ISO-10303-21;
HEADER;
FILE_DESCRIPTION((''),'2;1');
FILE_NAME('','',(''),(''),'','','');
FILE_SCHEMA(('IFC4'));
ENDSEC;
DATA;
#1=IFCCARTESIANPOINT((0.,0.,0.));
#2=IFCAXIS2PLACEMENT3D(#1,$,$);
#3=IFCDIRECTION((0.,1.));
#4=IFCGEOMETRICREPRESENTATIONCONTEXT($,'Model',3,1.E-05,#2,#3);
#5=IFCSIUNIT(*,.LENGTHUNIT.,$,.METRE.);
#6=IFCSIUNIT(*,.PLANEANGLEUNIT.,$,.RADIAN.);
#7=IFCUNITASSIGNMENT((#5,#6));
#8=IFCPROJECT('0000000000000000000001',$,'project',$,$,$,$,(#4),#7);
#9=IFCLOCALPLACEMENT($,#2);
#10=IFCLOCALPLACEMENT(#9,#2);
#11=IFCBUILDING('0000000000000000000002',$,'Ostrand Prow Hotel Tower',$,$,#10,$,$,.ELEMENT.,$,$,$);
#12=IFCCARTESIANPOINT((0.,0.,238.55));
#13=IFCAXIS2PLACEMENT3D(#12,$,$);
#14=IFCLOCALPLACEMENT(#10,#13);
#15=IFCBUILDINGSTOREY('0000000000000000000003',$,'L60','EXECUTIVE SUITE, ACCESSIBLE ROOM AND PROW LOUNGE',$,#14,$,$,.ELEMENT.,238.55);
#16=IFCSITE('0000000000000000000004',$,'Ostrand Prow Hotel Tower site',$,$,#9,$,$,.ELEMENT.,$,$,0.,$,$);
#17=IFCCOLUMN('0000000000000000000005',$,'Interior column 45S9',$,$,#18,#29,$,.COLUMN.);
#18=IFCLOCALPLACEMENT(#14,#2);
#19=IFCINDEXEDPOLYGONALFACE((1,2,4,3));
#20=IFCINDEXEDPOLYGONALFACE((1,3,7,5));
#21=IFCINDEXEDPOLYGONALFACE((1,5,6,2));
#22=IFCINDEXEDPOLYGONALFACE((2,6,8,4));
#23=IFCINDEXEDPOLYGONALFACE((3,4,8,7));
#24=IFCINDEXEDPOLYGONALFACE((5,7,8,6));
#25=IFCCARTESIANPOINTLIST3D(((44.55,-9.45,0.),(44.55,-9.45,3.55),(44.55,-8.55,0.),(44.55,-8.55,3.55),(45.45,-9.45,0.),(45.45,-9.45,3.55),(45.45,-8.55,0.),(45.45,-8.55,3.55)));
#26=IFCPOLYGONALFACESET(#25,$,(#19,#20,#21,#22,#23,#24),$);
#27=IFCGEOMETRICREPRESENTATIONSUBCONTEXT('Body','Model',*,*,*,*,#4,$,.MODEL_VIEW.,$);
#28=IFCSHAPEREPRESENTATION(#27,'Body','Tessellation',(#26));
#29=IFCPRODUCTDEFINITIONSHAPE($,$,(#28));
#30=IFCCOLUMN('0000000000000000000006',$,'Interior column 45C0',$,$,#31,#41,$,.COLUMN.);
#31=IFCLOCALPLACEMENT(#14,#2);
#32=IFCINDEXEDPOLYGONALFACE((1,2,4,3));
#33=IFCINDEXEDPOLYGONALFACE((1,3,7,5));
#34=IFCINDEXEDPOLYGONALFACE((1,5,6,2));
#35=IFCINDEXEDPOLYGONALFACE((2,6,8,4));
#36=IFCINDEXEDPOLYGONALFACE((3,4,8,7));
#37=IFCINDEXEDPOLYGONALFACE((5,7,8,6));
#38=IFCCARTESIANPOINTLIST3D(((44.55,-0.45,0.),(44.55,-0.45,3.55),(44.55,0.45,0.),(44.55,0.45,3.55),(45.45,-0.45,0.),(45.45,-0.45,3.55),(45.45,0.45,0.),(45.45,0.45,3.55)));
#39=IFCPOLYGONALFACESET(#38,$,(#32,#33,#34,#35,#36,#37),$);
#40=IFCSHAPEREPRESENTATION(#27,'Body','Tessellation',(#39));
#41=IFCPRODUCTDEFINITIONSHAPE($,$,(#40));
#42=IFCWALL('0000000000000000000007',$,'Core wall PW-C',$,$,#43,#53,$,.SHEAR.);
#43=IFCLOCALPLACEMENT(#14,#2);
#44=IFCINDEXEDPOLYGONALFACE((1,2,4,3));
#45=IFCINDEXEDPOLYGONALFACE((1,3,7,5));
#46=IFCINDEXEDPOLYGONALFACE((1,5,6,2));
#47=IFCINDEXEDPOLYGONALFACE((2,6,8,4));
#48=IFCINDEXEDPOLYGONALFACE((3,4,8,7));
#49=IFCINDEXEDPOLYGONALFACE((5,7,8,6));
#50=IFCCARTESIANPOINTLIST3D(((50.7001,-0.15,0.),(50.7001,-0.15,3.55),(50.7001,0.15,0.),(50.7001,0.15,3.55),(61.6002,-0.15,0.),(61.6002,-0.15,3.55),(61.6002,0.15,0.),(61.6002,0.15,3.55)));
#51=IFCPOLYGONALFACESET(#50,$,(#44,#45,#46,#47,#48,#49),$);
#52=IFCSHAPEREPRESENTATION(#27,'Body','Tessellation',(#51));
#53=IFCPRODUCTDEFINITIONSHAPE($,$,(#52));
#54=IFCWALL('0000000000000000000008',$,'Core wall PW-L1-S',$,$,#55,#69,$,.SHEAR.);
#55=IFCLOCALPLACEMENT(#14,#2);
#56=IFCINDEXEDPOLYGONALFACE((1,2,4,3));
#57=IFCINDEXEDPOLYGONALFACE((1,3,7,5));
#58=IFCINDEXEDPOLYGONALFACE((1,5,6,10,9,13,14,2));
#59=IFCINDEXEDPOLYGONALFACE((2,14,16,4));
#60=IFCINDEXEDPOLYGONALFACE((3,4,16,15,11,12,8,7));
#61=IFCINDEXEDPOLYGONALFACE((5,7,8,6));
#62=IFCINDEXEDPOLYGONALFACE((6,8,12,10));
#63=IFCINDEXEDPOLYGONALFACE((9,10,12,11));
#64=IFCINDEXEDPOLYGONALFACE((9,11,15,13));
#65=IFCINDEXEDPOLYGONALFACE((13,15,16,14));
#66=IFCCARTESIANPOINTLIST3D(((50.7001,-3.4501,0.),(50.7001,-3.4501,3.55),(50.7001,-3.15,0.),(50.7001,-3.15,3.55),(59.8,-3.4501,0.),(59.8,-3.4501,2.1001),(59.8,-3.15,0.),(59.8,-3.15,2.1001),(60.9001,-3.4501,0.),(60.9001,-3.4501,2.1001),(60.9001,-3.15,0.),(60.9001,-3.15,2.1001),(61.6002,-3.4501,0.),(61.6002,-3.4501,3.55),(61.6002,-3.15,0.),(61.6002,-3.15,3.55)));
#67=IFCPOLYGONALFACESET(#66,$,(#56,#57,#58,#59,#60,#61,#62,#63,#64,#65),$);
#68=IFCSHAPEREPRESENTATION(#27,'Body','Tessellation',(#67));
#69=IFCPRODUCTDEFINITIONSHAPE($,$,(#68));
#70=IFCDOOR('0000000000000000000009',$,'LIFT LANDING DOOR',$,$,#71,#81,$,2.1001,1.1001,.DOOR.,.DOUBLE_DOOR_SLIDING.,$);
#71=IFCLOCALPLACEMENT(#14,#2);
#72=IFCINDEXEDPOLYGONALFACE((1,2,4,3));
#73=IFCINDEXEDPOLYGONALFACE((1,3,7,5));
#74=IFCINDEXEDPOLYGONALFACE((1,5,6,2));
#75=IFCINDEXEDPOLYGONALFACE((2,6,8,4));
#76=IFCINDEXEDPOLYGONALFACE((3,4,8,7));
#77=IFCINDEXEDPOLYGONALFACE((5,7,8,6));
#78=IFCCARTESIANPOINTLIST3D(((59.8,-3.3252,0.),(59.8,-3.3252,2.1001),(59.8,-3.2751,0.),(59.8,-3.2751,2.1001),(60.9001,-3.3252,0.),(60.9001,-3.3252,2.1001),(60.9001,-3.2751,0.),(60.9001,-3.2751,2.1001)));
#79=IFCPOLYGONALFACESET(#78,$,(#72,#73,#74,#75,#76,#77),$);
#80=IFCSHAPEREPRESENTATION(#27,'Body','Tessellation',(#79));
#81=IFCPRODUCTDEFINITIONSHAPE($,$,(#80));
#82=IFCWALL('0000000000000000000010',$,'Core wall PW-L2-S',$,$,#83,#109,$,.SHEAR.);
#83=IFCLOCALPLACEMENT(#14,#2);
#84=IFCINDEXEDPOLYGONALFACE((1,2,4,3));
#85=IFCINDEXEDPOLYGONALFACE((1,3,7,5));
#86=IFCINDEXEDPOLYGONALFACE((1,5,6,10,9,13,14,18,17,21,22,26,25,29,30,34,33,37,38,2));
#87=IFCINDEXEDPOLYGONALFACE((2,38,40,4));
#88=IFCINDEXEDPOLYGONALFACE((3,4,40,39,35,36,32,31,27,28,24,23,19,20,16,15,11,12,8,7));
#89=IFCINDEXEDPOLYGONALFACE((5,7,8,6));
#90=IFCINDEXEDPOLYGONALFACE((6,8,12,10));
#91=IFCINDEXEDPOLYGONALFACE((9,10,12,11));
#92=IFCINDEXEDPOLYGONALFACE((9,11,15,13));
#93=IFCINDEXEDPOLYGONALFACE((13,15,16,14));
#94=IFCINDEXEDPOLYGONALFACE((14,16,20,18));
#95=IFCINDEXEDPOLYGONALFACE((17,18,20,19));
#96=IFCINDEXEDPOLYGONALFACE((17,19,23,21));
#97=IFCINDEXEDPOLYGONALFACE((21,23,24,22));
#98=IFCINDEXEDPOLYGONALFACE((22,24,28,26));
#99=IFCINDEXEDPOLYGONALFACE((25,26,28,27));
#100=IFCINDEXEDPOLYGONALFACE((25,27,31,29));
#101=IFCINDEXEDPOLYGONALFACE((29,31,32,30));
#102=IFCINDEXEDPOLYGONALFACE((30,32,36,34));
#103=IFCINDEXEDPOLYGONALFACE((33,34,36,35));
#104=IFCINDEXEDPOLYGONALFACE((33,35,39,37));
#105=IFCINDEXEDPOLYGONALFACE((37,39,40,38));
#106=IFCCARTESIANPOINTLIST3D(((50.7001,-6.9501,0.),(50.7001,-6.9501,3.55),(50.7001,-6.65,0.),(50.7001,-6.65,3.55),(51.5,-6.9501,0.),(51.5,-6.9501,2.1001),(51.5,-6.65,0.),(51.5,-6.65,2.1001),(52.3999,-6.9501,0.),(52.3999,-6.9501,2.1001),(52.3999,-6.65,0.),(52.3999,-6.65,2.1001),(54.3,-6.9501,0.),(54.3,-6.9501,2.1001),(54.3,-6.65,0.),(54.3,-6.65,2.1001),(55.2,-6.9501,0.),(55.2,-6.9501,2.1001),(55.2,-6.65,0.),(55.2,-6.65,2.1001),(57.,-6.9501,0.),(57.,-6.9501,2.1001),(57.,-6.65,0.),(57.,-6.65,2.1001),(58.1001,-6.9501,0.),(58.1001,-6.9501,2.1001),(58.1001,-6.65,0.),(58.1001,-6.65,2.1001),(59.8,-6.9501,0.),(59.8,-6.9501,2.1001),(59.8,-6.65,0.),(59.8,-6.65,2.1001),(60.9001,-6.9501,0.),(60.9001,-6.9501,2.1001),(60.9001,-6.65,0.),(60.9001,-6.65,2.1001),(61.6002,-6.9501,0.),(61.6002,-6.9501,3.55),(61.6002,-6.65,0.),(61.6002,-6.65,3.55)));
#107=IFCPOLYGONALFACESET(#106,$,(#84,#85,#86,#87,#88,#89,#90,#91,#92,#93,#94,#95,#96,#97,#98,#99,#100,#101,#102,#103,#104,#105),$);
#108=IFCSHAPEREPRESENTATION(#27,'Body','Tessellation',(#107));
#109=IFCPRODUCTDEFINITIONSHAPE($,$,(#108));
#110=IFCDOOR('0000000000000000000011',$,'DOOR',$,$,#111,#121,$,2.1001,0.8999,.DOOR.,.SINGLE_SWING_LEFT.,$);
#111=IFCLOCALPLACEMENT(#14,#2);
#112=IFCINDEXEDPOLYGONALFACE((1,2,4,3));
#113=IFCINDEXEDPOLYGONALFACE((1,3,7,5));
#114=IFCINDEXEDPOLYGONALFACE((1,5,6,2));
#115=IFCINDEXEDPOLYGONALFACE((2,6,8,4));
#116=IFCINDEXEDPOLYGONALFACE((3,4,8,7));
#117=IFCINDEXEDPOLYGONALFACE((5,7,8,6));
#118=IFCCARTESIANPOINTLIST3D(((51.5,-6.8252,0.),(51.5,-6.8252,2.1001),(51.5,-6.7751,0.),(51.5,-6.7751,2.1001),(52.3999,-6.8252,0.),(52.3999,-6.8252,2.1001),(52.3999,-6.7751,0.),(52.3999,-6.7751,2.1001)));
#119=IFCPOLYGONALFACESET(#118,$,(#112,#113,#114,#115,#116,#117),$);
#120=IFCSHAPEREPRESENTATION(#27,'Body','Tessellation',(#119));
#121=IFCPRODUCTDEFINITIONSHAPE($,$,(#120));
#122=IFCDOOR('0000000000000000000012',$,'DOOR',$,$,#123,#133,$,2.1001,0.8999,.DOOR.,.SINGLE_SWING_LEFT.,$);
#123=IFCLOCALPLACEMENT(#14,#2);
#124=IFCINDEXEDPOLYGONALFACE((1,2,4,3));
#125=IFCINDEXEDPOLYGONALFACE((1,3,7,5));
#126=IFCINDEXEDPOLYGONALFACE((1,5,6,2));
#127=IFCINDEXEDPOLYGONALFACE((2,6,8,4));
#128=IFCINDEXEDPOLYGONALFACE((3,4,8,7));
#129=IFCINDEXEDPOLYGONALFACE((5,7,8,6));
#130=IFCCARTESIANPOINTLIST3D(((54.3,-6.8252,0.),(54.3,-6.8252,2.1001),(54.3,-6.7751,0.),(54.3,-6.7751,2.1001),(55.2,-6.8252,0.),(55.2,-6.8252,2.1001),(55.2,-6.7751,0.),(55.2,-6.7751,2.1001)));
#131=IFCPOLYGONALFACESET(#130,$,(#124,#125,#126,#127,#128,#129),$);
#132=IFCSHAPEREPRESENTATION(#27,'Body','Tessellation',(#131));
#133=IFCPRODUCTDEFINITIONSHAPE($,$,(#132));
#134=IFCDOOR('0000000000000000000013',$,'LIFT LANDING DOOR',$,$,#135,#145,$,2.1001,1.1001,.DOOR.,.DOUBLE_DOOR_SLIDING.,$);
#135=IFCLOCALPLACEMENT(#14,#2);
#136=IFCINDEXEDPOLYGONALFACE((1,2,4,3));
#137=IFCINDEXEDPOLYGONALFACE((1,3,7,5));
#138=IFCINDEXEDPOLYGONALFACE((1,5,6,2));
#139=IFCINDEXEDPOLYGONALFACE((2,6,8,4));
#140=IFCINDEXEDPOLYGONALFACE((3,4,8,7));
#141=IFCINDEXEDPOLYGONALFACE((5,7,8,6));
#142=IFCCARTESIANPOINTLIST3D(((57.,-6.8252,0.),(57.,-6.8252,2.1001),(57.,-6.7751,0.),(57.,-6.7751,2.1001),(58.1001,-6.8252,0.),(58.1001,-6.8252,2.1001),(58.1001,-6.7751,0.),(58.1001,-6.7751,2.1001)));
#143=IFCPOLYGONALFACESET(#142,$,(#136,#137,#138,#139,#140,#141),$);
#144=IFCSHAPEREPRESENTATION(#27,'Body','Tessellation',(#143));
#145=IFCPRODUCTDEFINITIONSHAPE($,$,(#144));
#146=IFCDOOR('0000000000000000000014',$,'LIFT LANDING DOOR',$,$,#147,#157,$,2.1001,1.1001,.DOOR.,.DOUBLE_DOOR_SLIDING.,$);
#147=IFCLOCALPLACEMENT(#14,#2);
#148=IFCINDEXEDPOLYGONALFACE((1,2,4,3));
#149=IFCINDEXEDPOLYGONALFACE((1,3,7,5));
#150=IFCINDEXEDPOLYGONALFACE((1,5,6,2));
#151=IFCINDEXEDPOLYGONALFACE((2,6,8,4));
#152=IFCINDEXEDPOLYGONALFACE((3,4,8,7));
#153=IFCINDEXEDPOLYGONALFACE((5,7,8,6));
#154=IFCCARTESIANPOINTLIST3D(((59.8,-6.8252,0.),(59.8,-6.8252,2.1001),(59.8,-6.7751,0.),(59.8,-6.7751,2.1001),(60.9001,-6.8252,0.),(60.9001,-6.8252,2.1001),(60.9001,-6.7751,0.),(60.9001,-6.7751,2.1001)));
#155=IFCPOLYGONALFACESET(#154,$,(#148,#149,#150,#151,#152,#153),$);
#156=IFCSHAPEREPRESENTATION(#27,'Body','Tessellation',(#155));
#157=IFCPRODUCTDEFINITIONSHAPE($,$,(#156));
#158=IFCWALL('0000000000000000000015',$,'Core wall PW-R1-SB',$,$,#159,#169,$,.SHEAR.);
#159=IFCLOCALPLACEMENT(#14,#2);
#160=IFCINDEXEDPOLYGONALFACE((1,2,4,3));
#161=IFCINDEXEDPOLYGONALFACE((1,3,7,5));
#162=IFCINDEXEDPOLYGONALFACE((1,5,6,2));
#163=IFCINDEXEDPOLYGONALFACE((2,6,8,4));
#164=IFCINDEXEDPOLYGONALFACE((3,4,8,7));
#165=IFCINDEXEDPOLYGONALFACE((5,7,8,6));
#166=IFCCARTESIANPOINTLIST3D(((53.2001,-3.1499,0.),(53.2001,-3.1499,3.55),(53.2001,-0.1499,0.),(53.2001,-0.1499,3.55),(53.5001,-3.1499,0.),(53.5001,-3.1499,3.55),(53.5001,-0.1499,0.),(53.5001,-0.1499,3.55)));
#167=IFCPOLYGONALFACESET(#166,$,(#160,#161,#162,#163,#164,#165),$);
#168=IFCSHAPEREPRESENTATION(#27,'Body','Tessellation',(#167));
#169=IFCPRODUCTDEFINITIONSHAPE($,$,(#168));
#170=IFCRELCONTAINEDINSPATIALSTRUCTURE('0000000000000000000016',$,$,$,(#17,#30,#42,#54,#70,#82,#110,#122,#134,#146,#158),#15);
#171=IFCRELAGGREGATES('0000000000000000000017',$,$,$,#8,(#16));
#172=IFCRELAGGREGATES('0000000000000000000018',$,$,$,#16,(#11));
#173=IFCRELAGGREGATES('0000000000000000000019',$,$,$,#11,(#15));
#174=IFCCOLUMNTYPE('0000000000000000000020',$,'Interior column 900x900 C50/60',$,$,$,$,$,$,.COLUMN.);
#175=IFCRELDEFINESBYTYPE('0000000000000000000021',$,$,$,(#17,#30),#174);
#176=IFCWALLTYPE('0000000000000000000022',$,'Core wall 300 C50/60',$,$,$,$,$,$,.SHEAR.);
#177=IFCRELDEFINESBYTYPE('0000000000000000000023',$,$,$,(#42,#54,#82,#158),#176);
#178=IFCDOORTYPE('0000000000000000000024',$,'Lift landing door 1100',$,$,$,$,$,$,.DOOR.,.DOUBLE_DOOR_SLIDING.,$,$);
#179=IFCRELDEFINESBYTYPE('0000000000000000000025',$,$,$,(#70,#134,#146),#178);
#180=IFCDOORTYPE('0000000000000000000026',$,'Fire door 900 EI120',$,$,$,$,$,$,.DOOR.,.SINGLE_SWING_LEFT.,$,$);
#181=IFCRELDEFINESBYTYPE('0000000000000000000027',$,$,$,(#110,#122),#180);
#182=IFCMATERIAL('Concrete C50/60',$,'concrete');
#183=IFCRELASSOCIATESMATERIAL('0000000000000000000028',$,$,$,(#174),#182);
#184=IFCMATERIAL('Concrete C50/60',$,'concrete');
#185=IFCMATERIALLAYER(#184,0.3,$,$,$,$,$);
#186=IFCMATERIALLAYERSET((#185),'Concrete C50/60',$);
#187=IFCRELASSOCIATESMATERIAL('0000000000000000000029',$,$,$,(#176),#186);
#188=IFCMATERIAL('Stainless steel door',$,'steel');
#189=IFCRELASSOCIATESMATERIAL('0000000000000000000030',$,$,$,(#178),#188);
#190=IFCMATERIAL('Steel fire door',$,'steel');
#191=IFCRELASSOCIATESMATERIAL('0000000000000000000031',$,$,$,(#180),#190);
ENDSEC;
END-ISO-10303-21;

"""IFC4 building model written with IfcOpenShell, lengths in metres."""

from ifc_helpers import new_model, si_unit, direction, frame, frame_2d, origin, origin_2d, place, context, subcontext, project, spatial, rectangle, extrude, material, layer, layer_set, material_profile, profile_set, type_object, element, fill, save


model = new_model("IFC4")

# Units and contexts
model_context = context("Model", 3, precision=1e-05, world=origin(), true_north=direction((0.0, 1.0)))
body_context = subcontext(model_context, "Body", "Model", "MODEL_VIEW")
ifc_project = project(units=[si_unit("LENGTHUNIT", "METRE"), si_unit("PLANEANGLEUNIT", "RADIAN")], contexts=[model_context])

# Site, building, storey
site_placement = place(None, origin())
site = spatial("IfcSite", under=ifc_project, at=site_placement, Name="Ostrand Prow Hotel Tower site", CompositionType="ELEMENT", RefElevation=0.0)
building_placement = place(site_placement, origin())
building = spatial("IfcBuilding", under=site, at=building_placement, Name="Ostrand Prow Hotel Tower", CompositionType="ELEMENT")
storey_placement = place(building_placement, frame((0.0, 0.0, 238.55)))
storey = spatial("IfcBuildingStorey", under=building, at=storey_placement, Name="L60", Description="EXECUTIVE SUITE, ACCESSIBLE ROOM AND PROW LOUNGE", CompositionType="ELEMENT", Elevation=238.55)

# Columns
ifc_material_1 = material(Name="Concrete C50/60", Category="concrete")
ifc_material_profile = material_profile(ifc_material_1, rectangle(XDim=0.8999, YDim=0.8999, at=origin_2d()), Name="RC 900x900")
ifc_profile_set = profile_set([ifc_material_profile], Name="Concrete C50/60")
column_type = type_object("IfcColumnType", Name="Interior column 900x900 C50/60", PredefinedType="COLUMN", material=ifc_profile_set)
for number, where, z_axis, x_axis, name in (
    (1, (45.0, -9.0, 0.0), (0.0, 0.0, 1.0), (1.0, 0.0, 0.0), "Interior column 45S9"),
    (2, (45.0, 0.0, 0.0), (0.0, 0.0, 1.0), (1.0, 0.0, 0.0), "Interior column 45C0"),
):
    element("IfcColumn", number, at=place(storey_placement, frame(where, z_axis=z_axis, x_axis=x_axis)), inside=storey, type_object=column_type, Name=name, PredefinedType="COLUMN", context=body_context, shape_type="SweptSolid", body=[
        extrude(rectangle(XDim=0.8999, YDim=0.8999, at=origin_2d()), origin(), (0.0, 0.0, 1.0), 3.55),
    ])

# Wall
ifc_material_2 = material(Name="Concrete C50/60", Category="concrete")
ifc_layer_1 = layer(ifc_material_2, 0.3)
ifc_layer_set_1 = layer_set([ifc_layer_1], Name="Concrete C50/60")
wall_type_1 = type_object("IfcWallType", Name="Core wall 300 C50/60", PredefinedType="SHEAR", material=ifc_layer_set_1)
wall_1_placement = place(storey_placement, frame((50.7, 0.0, 0.0), z_axis=(0.0, 0.0, 1.0), x_axis=(1.0, 0.0, 0.0)))
element("IfcWall", 3, at=wall_1_placement, inside=storey, type_object=wall_type_1, Name="Core wall PW-C", PredefinedType="SHEAR", context=body_context, shape_type="SweptSolid", body=[
    extrude(rectangle(XDim=10.9001, YDim=0.3, at=frame_2d((5.4502, 0.0))), origin(), (0.0, 0.0, 1.0), 3.55),
])

# Wall, opening, door
wall_2_placement = place(storey_placement, frame((50.7, -3.3, 0.0), z_axis=(0.0, 0.0, 1.0), x_axis=(1.0, 0.0, 0.0)))
wall_2 = element("IfcWall", 4, at=wall_2_placement, inside=storey, type_object=wall_type_1, Name="Core wall PW-L1-S", PredefinedType="SHEAR", context=body_context, shape_type="SweptSolid", body=[
    extrude(rectangle(XDim=10.9001, YDim=0.3, at=frame_2d((5.4502, 0.0))), origin(), (0.0, 0.0, 1.0), 3.55),
])
opening_1_placement = place(wall_2_placement, frame((9.1001, 0.0, 0.0)))
opening_1 = element("IfcOpeningElement", 5, at=opening_1_placement, cuts=wall_2, PredefinedType="OPENING", context=body_context, shape_type="SweptSolid", body=[
    extrude(rectangle(XDim=1.1001, YDim=2.1001, at=frame_2d((0.55, 1.05))), frame((0.0, 0.1599, 0.0), z_axis=(0.0, -1.0, 0.0), x_axis=(1.0, 0.0, 0.0)), (0.0, 0.0, 1.0), 0.3201),
])
ifc_material_3 = material(Name="Stainless steel door", Category="steel")
door_type_1 = type_object("IfcDoorType", Name="Lift landing door 1100", OperationType="DOUBLE_DOOR_SLIDING", PredefinedType="DOOR", material=ifc_material_3)
door_1_placement = place(opening_1_placement, origin())
door_1 = element("IfcDoor", 6, at=door_1_placement, inside=storey, type_object=door_type_1, Name="LIFT LANDING DOOR", OperationType="DOUBLE_DOOR_SLIDING", OverallHeight=2.1001, OverallWidth=1.1001, PredefinedType="DOOR", context=body_context, shape_type="SweptSolid", body=[
    extrude(rectangle(XDim=1.1001, YDim=2.1001, at=frame_2d((0.55, 1.05))), frame((0.0, 0.0249, 0.0), z_axis=(0.0, -1.0, 0.0), x_axis=(1.0, 0.0, 0.0)), (0.0, 0.0, 1.0), 0.05),
])
fill(opening_1, door_1)

# Wall, openings, doors
wall_3_placement = place(storey_placement, frame((50.7, -6.8, 0.0), z_axis=(0.0, 0.0, 1.0), x_axis=(1.0, 0.0, 0.0)))
wall_3 = element("IfcWall", 7, at=wall_3_placement, inside=storey, type_object=wall_type_1, Name="Core wall PW-L2-S", PredefinedType="SHEAR", context=body_context, shape_type="SweptSolid", body=[
    extrude(rectangle(XDim=10.9001, YDim=0.3, at=frame_2d((5.4502, 0.0))), origin(), (0.0, 0.0, 1.0), 3.55),
])
opening_2_placement = place(wall_3_placement, frame((6.3, 0.0, 0.0)))
opening_2 = element("IfcOpeningElement", 8, at=opening_2_placement, cuts=wall_3, PredefinedType="OPENING", context=body_context, shape_type="SweptSolid", body=[
    extrude(rectangle(XDim=1.1001, YDim=2.1001, at=frame_2d((0.55, 1.05))), frame((0.0, 0.1599, 0.0), z_axis=(0.0, -1.0, 0.0), x_axis=(1.0, 0.0, 0.0)), (0.0, 0.0, 1.0), 0.3201),
])
opening_3_placement = place(wall_3_placement, frame((9.1001, 0.0, 0.0)))
opening_3 = element("IfcOpeningElement", 9, at=opening_3_placement, cuts=wall_3, PredefinedType="OPENING", context=body_context, shape_type="SweptSolid", body=[
    extrude(rectangle(XDim=1.1001, YDim=2.1001, at=frame_2d((0.55, 1.05))), frame((0.0, 0.1599, 0.0), z_axis=(0.0, -1.0, 0.0), x_axis=(1.0, 0.0, 0.0)), (0.0, 0.0, 1.0), 0.3201),
])
opening_4_placement = place(wall_3_placement, frame((0.8, 0.0, 0.0)))
opening_4 = element("IfcOpeningElement", 10, at=opening_4_placement, cuts=wall_3, PredefinedType="OPENING", context=body_context, shape_type="SweptSolid", body=[
    extrude(rectangle(XDim=0.8999, YDim=2.1001, at=frame_2d((0.45, 1.05))), frame((0.0, 0.1599, 0.0), z_axis=(0.0, -1.0, 0.0), x_axis=(1.0, 0.0, 0.0)), (0.0, 0.0, 1.0), 0.3201),
])
opening_5_placement = place(wall_3_placement, frame((3.6001, 0.0, 0.0)))
opening_5 = element("IfcOpeningElement", 11, at=opening_5_placement, cuts=wall_3, PredefinedType="OPENING", context=body_context, shape_type="SweptSolid", body=[
    extrude(rectangle(XDim=0.8999, YDim=2.1001, at=frame_2d((0.45, 1.05))), frame((0.0, 0.1599, 0.0), z_axis=(0.0, -1.0, 0.0), x_axis=(1.0, 0.0, 0.0)), (0.0, 0.0, 1.0), 0.3201),
])
ifc_material_4 = material(Name="Steel fire door", Category="steel")
door_type_2 = type_object("IfcDoorType", Name="Fire door 900 EI120", OperationType="SINGLE_SWING_LEFT", PredefinedType="DOOR", material=ifc_material_4)
door_2_placement = place(opening_4_placement, origin())
door_2 = element("IfcDoor", 12, at=door_2_placement, inside=storey, type_object=door_type_2, Name="DOOR", OperationType="SINGLE_SWING_LEFT", OverallHeight=2.1001, OverallWidth=0.8999, PredefinedType="DOOR", context=body_context, shape_type="SweptSolid", body=[
    extrude(rectangle(XDim=0.8999, YDim=2.1001, at=frame_2d((0.45, 1.05))), frame((0.0, 0.0249, 0.0), z_axis=(0.0, -1.0, 0.0), x_axis=(1.0, 0.0, 0.0)), (0.0, 0.0, 1.0), 0.05),
])
fill(opening_4, door_2)
door_3_placement = place(opening_5_placement, origin())
door_3 = element("IfcDoor", 13, at=door_3_placement, inside=storey, type_object=door_type_2, Name="DOOR", OperationType="SINGLE_SWING_LEFT", OverallHeight=2.1001, OverallWidth=0.8999, PredefinedType="DOOR", context=body_context, shape_type="SweptSolid", body=[
    extrude(rectangle(XDim=0.8999, YDim=2.1001, at=frame_2d((0.45, 1.05))), frame((0.0, 0.0249, 0.0), z_axis=(0.0, -1.0, 0.0), x_axis=(1.0, 0.0, 0.0)), (0.0, 0.0, 1.0), 0.05),
])
fill(opening_5, door_3)
door_4_placement = place(opening_2_placement, origin())
door_4 = element("IfcDoor", 14, at=door_4_placement, inside=storey, type_object=door_type_1, Name="LIFT LANDING DOOR", OperationType="DOUBLE_DOOR_SLIDING", OverallHeight=2.1001, OverallWidth=1.1001, PredefinedType="DOOR", context=body_context, shape_type="SweptSolid", body=[
    extrude(rectangle(XDim=1.1001, YDim=2.1001, at=frame_2d((0.55, 1.05))), frame((0.0, 0.0249, 0.0), z_axis=(0.0, -1.0, 0.0), x_axis=(1.0, 0.0, 0.0)), (0.0, 0.0, 1.0), 0.05),
])
fill(opening_2, door_4)
door_5_placement = place(opening_3_placement, origin())
door_5 = element("IfcDoor", 15, at=door_5_placement, inside=storey, type_object=door_type_1, Name="LIFT LANDING DOOR", OperationType="DOUBLE_DOOR_SLIDING", OverallHeight=2.1001, OverallWidth=1.1001, PredefinedType="DOOR", context=body_context, shape_type="SweptSolid", body=[
    extrude(rectangle(XDim=1.1001, YDim=2.1001, at=frame_2d((0.55, 1.05))), frame((0.0, 0.0249, 0.0), z_axis=(0.0, -1.0, 0.0), x_axis=(1.0, 0.0, 0.0)), (0.0, 0.0, 1.0), 0.05),
])
fill(opening_3, door_5)

# Wall
for number, where, z_axis, x_axis, name in (
    (16, (53.3501, -3.1499, 0.0), (0.0, 0.0, 1.0), (0.0, 1.0, 0.0), "Core wall PW-R1-SB"),
):
    element("IfcWall", number, at=place(storey_placement, frame(where, z_axis=z_axis, x_axis=x_axis)), inside=storey, type_object=wall_type_1, Name=name, PredefinedType="SHEAR", context=body_context, shape_type="SweptSolid", body=[
        extrude(rectangle(XDim=3.0, YDim=0.3, at=frame_2d((1.5, 0.0))), origin(), (0.0, 0.0, 1.0), 3.55),
    ])

save(model, "model.ifc")
